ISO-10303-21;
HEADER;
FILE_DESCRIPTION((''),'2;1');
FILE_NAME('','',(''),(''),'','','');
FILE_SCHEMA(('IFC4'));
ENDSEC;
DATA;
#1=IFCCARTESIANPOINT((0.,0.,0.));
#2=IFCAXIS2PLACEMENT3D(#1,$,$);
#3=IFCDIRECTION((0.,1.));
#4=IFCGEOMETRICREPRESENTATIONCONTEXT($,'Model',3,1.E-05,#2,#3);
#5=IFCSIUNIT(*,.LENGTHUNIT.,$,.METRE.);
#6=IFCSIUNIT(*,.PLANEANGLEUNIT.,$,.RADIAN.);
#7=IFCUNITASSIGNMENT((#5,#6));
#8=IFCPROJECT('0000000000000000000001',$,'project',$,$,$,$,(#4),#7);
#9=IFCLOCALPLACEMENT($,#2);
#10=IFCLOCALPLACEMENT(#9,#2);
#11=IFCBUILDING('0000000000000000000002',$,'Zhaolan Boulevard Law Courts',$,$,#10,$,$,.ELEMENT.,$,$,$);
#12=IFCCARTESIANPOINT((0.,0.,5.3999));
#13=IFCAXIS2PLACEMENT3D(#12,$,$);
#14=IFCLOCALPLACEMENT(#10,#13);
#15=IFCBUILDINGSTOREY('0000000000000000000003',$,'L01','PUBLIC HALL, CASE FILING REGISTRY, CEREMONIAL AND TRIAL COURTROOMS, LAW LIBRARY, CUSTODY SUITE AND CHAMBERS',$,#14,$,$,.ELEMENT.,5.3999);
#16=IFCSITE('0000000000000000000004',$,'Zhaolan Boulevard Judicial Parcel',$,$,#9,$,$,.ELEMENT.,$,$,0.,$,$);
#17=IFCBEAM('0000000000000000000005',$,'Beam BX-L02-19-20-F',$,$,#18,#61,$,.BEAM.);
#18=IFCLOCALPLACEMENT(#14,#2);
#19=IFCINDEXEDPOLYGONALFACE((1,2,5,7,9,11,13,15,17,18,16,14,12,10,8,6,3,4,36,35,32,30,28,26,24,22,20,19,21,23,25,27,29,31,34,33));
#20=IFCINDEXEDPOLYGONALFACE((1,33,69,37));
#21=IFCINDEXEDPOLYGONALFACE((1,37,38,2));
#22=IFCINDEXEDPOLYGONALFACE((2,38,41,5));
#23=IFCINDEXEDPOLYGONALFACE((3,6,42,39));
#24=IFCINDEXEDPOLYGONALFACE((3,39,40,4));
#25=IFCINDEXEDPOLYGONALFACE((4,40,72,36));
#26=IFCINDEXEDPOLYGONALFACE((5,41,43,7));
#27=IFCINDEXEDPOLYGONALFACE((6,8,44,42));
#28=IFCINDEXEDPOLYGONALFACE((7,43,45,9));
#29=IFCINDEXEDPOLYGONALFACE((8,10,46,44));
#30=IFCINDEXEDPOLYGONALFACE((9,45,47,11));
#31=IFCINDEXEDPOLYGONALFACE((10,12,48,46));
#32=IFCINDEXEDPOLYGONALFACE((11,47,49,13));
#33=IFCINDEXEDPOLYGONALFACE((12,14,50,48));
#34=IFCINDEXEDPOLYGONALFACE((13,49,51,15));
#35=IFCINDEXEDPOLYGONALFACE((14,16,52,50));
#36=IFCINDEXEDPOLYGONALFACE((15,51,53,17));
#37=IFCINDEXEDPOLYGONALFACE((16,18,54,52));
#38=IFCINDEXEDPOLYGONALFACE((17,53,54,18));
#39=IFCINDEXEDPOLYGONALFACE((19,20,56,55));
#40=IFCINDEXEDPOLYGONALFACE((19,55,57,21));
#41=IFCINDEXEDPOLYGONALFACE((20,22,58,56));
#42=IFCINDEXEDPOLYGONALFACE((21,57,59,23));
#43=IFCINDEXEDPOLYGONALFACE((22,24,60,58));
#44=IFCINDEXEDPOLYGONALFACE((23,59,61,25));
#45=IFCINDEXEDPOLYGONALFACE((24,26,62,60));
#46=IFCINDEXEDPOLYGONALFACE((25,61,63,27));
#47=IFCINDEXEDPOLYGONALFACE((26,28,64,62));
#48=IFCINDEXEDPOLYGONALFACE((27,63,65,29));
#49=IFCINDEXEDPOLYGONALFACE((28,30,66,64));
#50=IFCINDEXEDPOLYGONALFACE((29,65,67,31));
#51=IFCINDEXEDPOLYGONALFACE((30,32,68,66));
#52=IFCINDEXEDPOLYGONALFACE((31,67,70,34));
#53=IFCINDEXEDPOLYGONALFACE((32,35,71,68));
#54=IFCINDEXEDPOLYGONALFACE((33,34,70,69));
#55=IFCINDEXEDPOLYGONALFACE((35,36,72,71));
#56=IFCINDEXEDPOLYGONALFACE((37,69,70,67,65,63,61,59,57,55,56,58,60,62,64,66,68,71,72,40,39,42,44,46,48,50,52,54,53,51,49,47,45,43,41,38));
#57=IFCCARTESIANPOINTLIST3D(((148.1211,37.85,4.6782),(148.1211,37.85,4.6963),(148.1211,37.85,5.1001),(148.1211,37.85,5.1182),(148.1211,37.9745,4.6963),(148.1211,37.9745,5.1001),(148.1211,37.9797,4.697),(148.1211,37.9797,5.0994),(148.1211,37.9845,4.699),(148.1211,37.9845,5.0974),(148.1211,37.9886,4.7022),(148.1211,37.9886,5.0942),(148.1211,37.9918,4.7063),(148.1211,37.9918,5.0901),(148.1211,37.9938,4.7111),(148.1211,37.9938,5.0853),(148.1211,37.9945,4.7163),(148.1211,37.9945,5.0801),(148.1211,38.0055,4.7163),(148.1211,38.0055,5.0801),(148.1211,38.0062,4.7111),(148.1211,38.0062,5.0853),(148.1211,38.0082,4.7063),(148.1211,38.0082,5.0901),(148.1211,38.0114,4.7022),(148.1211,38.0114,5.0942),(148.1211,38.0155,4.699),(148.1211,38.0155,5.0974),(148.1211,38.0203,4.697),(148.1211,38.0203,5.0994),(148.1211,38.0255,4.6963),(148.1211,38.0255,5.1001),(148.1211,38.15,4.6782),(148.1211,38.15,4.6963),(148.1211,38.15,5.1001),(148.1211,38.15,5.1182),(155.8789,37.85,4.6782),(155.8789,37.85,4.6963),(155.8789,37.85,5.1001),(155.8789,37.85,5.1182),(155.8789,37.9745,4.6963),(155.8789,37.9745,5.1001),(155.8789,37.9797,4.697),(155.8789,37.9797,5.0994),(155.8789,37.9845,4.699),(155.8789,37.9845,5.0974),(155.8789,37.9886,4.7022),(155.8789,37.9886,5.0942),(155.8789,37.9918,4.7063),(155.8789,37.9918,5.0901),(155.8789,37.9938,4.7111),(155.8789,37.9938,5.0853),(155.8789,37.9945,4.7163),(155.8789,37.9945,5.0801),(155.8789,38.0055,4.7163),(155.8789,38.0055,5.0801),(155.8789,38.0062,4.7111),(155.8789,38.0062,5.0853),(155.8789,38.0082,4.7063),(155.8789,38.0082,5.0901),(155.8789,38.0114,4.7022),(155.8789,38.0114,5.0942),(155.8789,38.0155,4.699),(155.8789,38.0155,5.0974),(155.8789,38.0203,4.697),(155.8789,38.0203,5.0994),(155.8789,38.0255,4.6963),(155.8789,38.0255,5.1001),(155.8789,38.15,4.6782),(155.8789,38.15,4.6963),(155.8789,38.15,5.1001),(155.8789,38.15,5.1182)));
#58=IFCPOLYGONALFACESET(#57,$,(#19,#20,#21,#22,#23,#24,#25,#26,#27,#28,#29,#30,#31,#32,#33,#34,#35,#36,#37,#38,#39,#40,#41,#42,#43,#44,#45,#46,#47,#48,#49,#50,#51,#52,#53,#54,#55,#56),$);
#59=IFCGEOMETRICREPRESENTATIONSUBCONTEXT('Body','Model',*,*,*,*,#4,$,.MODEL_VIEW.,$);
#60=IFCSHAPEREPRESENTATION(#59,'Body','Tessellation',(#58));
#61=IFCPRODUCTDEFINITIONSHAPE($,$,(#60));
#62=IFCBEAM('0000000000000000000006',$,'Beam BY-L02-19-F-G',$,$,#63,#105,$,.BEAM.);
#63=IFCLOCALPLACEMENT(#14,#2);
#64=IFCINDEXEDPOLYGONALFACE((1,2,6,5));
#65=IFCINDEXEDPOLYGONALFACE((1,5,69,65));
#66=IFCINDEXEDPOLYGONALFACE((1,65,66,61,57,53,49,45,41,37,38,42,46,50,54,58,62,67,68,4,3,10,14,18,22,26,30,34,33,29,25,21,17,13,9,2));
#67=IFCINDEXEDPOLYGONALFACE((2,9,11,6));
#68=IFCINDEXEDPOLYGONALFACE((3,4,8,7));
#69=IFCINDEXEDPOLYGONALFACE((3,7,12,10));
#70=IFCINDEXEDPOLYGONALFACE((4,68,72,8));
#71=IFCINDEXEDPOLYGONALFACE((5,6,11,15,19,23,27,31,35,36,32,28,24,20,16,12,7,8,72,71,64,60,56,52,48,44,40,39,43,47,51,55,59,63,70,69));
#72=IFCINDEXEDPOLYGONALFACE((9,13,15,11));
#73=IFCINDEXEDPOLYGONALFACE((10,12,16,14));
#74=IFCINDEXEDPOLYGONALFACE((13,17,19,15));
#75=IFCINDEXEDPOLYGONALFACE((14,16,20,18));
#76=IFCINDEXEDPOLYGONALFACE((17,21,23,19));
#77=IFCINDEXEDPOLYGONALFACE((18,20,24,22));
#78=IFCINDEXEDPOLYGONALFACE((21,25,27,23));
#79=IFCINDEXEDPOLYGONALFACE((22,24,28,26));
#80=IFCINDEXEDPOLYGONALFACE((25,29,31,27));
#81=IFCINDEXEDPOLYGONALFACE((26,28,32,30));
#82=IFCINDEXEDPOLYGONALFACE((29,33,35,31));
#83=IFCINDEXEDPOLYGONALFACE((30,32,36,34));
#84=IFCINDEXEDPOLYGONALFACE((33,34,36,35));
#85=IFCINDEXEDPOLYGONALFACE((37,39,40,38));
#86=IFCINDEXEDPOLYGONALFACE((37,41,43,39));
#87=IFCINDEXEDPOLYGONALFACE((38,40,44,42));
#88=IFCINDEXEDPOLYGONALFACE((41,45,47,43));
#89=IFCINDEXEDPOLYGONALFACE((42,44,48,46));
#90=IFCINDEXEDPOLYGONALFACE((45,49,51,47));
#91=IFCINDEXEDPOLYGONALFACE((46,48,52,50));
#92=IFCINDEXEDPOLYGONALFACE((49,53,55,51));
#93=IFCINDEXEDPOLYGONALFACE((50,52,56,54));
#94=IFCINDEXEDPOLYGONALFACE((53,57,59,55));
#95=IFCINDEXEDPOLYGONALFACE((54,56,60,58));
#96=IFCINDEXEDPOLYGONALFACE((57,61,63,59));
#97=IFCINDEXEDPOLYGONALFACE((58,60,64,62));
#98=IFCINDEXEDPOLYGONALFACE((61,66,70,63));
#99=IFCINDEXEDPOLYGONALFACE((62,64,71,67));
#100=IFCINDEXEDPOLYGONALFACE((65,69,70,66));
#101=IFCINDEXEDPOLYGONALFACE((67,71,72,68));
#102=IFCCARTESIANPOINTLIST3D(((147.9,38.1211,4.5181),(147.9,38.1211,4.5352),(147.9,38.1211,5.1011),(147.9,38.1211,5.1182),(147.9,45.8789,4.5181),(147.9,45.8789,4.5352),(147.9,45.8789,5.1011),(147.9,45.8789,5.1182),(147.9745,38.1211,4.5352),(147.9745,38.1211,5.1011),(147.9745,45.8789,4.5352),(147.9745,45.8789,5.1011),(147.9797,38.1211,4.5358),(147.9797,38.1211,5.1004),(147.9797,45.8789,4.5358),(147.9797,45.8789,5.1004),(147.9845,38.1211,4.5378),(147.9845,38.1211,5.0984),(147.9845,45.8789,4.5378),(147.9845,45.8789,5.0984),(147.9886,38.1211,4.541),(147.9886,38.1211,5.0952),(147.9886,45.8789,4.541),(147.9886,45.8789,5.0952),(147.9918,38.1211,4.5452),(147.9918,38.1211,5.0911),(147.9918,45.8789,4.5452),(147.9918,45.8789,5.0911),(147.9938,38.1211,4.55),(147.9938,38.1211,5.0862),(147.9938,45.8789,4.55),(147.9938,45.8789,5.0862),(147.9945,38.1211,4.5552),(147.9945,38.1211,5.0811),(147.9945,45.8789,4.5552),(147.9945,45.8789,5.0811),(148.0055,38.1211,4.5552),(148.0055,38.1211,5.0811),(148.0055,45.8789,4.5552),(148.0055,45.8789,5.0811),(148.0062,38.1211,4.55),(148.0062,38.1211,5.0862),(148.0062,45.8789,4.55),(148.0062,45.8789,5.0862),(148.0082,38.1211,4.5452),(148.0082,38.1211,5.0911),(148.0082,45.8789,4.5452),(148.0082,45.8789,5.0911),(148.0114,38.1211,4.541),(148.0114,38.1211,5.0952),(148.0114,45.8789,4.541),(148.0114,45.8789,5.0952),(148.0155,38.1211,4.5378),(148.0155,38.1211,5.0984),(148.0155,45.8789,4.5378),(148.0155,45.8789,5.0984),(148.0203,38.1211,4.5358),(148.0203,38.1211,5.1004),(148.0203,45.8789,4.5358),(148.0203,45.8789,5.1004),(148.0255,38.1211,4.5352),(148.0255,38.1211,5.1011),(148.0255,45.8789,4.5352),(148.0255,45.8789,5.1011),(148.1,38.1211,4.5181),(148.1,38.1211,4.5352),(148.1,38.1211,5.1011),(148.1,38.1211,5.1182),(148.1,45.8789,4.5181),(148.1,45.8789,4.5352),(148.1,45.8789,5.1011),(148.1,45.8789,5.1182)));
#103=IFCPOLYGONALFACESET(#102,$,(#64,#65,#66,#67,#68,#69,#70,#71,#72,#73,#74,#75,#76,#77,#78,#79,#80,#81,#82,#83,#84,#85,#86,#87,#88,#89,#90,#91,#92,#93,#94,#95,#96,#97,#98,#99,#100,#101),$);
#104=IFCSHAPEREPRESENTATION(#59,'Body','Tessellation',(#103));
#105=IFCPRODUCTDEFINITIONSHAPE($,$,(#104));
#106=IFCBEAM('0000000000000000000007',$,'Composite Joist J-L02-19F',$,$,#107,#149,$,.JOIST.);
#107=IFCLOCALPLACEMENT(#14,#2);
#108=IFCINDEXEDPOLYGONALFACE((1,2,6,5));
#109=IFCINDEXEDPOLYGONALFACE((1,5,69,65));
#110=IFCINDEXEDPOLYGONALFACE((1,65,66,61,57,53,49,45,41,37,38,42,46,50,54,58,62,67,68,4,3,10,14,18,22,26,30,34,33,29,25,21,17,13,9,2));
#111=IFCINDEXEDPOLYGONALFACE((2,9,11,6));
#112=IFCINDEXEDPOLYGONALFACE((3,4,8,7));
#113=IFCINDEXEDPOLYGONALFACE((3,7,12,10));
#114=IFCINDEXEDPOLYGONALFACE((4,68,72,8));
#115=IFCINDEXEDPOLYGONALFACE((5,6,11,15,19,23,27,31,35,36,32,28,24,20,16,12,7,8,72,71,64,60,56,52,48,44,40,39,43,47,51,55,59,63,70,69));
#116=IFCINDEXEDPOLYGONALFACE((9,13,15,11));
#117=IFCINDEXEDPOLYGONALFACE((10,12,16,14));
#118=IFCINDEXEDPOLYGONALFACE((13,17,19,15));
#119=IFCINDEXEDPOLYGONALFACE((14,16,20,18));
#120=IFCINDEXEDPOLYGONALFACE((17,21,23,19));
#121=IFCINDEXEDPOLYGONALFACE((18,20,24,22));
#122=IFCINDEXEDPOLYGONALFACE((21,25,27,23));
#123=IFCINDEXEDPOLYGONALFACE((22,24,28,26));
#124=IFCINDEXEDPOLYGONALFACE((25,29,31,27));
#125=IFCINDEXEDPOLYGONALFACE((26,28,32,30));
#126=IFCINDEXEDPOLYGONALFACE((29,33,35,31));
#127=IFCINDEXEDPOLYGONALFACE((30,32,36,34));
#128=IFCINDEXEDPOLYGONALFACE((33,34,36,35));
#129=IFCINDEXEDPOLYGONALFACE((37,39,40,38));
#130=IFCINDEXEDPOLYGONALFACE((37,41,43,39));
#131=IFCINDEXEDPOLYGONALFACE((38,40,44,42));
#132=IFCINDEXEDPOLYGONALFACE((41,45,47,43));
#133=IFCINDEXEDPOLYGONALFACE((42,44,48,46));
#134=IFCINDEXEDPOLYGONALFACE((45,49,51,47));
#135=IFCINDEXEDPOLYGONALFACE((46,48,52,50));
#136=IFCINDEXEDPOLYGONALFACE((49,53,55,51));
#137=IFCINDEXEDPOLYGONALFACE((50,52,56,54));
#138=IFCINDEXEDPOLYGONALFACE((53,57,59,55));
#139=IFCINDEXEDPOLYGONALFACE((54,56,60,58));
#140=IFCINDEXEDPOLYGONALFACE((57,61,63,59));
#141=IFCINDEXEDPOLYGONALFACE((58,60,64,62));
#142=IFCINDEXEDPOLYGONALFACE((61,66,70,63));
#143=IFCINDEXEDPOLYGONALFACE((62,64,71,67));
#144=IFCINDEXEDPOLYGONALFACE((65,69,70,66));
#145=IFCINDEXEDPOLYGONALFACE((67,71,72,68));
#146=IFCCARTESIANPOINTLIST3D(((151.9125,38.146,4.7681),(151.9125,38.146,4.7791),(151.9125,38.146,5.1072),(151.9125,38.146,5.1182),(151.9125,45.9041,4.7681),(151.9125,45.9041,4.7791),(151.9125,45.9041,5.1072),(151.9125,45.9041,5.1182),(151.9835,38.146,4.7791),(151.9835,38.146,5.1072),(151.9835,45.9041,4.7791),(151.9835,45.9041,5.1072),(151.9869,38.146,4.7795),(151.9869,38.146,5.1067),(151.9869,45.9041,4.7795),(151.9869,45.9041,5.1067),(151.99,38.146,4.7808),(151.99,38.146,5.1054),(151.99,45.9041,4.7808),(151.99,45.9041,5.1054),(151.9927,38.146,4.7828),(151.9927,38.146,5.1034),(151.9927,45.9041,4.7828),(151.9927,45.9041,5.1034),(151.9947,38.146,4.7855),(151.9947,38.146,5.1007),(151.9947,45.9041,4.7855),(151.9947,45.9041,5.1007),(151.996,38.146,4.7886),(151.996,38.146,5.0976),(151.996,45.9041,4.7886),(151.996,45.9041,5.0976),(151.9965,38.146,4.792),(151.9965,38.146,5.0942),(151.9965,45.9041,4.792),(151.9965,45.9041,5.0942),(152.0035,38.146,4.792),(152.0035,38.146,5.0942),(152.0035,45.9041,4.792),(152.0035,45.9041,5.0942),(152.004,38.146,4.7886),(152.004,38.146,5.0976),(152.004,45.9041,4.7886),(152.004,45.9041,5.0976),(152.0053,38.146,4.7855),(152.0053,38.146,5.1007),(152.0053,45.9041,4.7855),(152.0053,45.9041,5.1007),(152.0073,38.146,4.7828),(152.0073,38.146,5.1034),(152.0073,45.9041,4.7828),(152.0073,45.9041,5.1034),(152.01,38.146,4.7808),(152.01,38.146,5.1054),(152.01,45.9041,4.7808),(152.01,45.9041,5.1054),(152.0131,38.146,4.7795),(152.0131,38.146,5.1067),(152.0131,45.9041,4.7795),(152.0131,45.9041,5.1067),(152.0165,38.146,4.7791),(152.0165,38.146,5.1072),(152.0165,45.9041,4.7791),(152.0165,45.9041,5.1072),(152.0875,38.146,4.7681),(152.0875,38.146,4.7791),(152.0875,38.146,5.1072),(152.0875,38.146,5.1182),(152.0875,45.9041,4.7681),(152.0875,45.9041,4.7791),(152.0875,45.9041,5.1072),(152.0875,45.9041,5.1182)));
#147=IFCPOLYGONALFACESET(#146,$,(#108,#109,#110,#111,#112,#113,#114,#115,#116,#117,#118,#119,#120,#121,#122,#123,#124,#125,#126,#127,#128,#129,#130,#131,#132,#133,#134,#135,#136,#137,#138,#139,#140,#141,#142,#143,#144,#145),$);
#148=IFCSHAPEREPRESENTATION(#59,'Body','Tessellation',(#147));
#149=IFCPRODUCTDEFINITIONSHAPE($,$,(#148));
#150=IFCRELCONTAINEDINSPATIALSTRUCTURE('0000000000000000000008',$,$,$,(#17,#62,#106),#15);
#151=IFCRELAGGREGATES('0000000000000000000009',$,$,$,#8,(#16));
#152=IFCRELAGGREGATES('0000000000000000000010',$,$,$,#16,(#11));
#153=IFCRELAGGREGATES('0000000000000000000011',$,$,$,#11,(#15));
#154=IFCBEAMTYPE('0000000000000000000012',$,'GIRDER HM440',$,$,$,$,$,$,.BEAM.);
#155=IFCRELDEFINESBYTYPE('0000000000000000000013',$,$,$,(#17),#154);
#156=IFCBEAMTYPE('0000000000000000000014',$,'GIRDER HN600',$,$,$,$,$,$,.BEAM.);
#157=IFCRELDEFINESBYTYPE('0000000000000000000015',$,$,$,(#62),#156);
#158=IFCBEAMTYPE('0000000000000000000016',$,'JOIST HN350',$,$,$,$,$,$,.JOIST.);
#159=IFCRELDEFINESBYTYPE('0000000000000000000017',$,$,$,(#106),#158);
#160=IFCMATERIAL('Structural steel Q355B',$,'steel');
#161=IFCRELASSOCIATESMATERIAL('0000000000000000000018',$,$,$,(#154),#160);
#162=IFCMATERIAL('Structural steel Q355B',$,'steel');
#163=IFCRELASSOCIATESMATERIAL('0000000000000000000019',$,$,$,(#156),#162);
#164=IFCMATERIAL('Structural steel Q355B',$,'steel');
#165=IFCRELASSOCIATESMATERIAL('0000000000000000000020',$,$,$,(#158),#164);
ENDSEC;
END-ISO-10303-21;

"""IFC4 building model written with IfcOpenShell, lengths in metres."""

from ifc_helpers import new_model, si_unit, direction, frame, origin, origin_2d, place, context, subcontext, project, spatial, i_section, extrude, material, material_profile, profile_set, type_object, element, save


model = new_model("IFC4")

# Units and contexts
model_context = context("Model", 3, precision=1e-05, world=origin(), true_north=direction((0.0, 1.0)))
body_context = subcontext(model_context, "Body", "Model", "MODEL_VIEW")
ifc_project = project(units=[si_unit("LENGTHUNIT", "METRE"), si_unit("PLANEANGLEUNIT", "RADIAN")], contexts=[model_context])

# Site, building, storey
site_placement = place(None, origin())
site = spatial("IfcSite", under=ifc_project, at=site_placement, Name="Zhaolan Boulevard Judicial Parcel", CompositionType="ELEMENT", RefElevation=0.0)
building_placement = place(site_placement, origin())
building = spatial("IfcBuilding", under=site, at=building_placement, Name="Zhaolan Boulevard Law Courts", CompositionType="ELEMENT")
storey_placement = place(building_placement, frame((0.0, 0.0, 5.3999)))
storey = spatial("IfcBuildingStorey", under=building, at=storey_placement, Name="L01", Description="PUBLIC HALL, CASE FILING REGISTRY, CEREMONIAL AND TRIAL COURTROOMS, LAW LIBRARY, CUSTODY SUITE AND CHAMBERS", CompositionType="ELEMENT", Elevation=5.3999)

# Beams
ifc_material_1 = material(Name="Structural steel Q355B", Category="steel")
ifc_material_profile_1 = material_profile(ifc_material_1, i_section(OverallWidth=0.3, OverallDepth=0.4399, WebThickness=0.011, FlangeThickness=0.0181, FilletRadius=0.02, at=origin_2d()), Name="HM440x300")
ifc_profile_set_1 = profile_set([ifc_material_profile_1], Name="Structural steel Q355B")
beam_type_1 = type_object("IfcBeamType", Name="GIRDER HM440", PredefinedType="BEAM", material=ifc_profile_set_1)
for number, where, z_axis, x_axis, name in (
    (1, (148.1211, 38.0, 4.8982), (1.0, 0.0, 0.0), (0.0, 1.0, 0.0), "Beam BX-L02-19-20-F"),
):
    element("IfcBeam", number, at=place(storey_placement, frame(where, z_axis=z_axis, x_axis=x_axis)), inside=storey, type_object=beam_type_1, Name=name, PredefinedType="BEAM", context=body_context, shape_type="SweptSolid", body=[
        extrude(i_section(OverallWidth=0.3, OverallDepth=0.4399, WebThickness=0.011, FlangeThickness=0.0181, FilletRadius=0.02, at=origin_2d()), origin(), (0.0, 0.0, 1.0), 7.7578),
    ])
ifc_material_2 = material(Name="Structural steel Q355B", Category="steel")
ifc_material_profile_2 = material_profile(ifc_material_2, i_section(OverallWidth=0.2, OverallDepth=0.6001, WebThickness=0.011, FlangeThickness=0.0171, FilletRadius=0.02, at=origin_2d()), Name="HN600x200")
ifc_profile_set_2 = profile_set([ifc_material_profile_2], Name="Structural steel Q355B")
beam_type_2 = type_object("IfcBeamType", Name="GIRDER HN600", PredefinedType="BEAM", material=ifc_profile_set_2)
beam_1_placement = place(storey_placement, frame((148.0, 38.1211, 4.8181), z_axis=(0.0, 1.0, 0.0), x_axis=(-1.0, 0.0, 0.0)))
element("IfcBeam", 2, at=beam_1_placement, inside=storey, type_object=beam_type_2, Name="Beam BY-L02-19-F-G", PredefinedType="BEAM", context=body_context, shape_type="SweptSolid", body=[
    extrude(i_section(OverallWidth=0.2, OverallDepth=0.6001, WebThickness=0.011, FlangeThickness=0.0171, FilletRadius=0.02, at=origin_2d()), origin(), (0.0, 0.0, 1.0), 7.7578),
])
ifc_material_3 = material(Name="Structural steel Q355B", Category="steel")
ifc_material_profile_3 = material_profile(ifc_material_3, i_section(OverallWidth=0.175, OverallDepth=0.3501, WebThickness=0.0071, FlangeThickness=0.011, FilletRadius=0.0129, at=origin_2d()), Name="HN350x175")
ifc_profile_set_3 = profile_set([ifc_material_profile_3], Name="Structural steel Q355B")
beam_type_3 = type_object("IfcBeamType", Name="JOIST HN350", PredefinedType="JOIST", material=ifc_profile_set_3)
beam_2_placement = place(storey_placement, frame((152.0, 38.146, 4.9431), z_axis=(0.0, 1.0, 0.0), x_axis=(-1.0, 0.0, 0.0)))
element("IfcBeam", 3, at=beam_2_placement, inside=storey, type_object=beam_type_3, Name="Composite Joist J-L02-19F", PredefinedType="JOIST", context=body_context, shape_type="SweptSolid", body=[
    extrude(i_section(OverallWidth=0.175, OverallDepth=0.3501, WebThickness=0.0071, FlangeThickness=0.011, FilletRadius=0.0129, at=origin_2d()), origin(), (0.0, 0.0, 1.0), 7.7581),
])

save(model, "model.ifc")
